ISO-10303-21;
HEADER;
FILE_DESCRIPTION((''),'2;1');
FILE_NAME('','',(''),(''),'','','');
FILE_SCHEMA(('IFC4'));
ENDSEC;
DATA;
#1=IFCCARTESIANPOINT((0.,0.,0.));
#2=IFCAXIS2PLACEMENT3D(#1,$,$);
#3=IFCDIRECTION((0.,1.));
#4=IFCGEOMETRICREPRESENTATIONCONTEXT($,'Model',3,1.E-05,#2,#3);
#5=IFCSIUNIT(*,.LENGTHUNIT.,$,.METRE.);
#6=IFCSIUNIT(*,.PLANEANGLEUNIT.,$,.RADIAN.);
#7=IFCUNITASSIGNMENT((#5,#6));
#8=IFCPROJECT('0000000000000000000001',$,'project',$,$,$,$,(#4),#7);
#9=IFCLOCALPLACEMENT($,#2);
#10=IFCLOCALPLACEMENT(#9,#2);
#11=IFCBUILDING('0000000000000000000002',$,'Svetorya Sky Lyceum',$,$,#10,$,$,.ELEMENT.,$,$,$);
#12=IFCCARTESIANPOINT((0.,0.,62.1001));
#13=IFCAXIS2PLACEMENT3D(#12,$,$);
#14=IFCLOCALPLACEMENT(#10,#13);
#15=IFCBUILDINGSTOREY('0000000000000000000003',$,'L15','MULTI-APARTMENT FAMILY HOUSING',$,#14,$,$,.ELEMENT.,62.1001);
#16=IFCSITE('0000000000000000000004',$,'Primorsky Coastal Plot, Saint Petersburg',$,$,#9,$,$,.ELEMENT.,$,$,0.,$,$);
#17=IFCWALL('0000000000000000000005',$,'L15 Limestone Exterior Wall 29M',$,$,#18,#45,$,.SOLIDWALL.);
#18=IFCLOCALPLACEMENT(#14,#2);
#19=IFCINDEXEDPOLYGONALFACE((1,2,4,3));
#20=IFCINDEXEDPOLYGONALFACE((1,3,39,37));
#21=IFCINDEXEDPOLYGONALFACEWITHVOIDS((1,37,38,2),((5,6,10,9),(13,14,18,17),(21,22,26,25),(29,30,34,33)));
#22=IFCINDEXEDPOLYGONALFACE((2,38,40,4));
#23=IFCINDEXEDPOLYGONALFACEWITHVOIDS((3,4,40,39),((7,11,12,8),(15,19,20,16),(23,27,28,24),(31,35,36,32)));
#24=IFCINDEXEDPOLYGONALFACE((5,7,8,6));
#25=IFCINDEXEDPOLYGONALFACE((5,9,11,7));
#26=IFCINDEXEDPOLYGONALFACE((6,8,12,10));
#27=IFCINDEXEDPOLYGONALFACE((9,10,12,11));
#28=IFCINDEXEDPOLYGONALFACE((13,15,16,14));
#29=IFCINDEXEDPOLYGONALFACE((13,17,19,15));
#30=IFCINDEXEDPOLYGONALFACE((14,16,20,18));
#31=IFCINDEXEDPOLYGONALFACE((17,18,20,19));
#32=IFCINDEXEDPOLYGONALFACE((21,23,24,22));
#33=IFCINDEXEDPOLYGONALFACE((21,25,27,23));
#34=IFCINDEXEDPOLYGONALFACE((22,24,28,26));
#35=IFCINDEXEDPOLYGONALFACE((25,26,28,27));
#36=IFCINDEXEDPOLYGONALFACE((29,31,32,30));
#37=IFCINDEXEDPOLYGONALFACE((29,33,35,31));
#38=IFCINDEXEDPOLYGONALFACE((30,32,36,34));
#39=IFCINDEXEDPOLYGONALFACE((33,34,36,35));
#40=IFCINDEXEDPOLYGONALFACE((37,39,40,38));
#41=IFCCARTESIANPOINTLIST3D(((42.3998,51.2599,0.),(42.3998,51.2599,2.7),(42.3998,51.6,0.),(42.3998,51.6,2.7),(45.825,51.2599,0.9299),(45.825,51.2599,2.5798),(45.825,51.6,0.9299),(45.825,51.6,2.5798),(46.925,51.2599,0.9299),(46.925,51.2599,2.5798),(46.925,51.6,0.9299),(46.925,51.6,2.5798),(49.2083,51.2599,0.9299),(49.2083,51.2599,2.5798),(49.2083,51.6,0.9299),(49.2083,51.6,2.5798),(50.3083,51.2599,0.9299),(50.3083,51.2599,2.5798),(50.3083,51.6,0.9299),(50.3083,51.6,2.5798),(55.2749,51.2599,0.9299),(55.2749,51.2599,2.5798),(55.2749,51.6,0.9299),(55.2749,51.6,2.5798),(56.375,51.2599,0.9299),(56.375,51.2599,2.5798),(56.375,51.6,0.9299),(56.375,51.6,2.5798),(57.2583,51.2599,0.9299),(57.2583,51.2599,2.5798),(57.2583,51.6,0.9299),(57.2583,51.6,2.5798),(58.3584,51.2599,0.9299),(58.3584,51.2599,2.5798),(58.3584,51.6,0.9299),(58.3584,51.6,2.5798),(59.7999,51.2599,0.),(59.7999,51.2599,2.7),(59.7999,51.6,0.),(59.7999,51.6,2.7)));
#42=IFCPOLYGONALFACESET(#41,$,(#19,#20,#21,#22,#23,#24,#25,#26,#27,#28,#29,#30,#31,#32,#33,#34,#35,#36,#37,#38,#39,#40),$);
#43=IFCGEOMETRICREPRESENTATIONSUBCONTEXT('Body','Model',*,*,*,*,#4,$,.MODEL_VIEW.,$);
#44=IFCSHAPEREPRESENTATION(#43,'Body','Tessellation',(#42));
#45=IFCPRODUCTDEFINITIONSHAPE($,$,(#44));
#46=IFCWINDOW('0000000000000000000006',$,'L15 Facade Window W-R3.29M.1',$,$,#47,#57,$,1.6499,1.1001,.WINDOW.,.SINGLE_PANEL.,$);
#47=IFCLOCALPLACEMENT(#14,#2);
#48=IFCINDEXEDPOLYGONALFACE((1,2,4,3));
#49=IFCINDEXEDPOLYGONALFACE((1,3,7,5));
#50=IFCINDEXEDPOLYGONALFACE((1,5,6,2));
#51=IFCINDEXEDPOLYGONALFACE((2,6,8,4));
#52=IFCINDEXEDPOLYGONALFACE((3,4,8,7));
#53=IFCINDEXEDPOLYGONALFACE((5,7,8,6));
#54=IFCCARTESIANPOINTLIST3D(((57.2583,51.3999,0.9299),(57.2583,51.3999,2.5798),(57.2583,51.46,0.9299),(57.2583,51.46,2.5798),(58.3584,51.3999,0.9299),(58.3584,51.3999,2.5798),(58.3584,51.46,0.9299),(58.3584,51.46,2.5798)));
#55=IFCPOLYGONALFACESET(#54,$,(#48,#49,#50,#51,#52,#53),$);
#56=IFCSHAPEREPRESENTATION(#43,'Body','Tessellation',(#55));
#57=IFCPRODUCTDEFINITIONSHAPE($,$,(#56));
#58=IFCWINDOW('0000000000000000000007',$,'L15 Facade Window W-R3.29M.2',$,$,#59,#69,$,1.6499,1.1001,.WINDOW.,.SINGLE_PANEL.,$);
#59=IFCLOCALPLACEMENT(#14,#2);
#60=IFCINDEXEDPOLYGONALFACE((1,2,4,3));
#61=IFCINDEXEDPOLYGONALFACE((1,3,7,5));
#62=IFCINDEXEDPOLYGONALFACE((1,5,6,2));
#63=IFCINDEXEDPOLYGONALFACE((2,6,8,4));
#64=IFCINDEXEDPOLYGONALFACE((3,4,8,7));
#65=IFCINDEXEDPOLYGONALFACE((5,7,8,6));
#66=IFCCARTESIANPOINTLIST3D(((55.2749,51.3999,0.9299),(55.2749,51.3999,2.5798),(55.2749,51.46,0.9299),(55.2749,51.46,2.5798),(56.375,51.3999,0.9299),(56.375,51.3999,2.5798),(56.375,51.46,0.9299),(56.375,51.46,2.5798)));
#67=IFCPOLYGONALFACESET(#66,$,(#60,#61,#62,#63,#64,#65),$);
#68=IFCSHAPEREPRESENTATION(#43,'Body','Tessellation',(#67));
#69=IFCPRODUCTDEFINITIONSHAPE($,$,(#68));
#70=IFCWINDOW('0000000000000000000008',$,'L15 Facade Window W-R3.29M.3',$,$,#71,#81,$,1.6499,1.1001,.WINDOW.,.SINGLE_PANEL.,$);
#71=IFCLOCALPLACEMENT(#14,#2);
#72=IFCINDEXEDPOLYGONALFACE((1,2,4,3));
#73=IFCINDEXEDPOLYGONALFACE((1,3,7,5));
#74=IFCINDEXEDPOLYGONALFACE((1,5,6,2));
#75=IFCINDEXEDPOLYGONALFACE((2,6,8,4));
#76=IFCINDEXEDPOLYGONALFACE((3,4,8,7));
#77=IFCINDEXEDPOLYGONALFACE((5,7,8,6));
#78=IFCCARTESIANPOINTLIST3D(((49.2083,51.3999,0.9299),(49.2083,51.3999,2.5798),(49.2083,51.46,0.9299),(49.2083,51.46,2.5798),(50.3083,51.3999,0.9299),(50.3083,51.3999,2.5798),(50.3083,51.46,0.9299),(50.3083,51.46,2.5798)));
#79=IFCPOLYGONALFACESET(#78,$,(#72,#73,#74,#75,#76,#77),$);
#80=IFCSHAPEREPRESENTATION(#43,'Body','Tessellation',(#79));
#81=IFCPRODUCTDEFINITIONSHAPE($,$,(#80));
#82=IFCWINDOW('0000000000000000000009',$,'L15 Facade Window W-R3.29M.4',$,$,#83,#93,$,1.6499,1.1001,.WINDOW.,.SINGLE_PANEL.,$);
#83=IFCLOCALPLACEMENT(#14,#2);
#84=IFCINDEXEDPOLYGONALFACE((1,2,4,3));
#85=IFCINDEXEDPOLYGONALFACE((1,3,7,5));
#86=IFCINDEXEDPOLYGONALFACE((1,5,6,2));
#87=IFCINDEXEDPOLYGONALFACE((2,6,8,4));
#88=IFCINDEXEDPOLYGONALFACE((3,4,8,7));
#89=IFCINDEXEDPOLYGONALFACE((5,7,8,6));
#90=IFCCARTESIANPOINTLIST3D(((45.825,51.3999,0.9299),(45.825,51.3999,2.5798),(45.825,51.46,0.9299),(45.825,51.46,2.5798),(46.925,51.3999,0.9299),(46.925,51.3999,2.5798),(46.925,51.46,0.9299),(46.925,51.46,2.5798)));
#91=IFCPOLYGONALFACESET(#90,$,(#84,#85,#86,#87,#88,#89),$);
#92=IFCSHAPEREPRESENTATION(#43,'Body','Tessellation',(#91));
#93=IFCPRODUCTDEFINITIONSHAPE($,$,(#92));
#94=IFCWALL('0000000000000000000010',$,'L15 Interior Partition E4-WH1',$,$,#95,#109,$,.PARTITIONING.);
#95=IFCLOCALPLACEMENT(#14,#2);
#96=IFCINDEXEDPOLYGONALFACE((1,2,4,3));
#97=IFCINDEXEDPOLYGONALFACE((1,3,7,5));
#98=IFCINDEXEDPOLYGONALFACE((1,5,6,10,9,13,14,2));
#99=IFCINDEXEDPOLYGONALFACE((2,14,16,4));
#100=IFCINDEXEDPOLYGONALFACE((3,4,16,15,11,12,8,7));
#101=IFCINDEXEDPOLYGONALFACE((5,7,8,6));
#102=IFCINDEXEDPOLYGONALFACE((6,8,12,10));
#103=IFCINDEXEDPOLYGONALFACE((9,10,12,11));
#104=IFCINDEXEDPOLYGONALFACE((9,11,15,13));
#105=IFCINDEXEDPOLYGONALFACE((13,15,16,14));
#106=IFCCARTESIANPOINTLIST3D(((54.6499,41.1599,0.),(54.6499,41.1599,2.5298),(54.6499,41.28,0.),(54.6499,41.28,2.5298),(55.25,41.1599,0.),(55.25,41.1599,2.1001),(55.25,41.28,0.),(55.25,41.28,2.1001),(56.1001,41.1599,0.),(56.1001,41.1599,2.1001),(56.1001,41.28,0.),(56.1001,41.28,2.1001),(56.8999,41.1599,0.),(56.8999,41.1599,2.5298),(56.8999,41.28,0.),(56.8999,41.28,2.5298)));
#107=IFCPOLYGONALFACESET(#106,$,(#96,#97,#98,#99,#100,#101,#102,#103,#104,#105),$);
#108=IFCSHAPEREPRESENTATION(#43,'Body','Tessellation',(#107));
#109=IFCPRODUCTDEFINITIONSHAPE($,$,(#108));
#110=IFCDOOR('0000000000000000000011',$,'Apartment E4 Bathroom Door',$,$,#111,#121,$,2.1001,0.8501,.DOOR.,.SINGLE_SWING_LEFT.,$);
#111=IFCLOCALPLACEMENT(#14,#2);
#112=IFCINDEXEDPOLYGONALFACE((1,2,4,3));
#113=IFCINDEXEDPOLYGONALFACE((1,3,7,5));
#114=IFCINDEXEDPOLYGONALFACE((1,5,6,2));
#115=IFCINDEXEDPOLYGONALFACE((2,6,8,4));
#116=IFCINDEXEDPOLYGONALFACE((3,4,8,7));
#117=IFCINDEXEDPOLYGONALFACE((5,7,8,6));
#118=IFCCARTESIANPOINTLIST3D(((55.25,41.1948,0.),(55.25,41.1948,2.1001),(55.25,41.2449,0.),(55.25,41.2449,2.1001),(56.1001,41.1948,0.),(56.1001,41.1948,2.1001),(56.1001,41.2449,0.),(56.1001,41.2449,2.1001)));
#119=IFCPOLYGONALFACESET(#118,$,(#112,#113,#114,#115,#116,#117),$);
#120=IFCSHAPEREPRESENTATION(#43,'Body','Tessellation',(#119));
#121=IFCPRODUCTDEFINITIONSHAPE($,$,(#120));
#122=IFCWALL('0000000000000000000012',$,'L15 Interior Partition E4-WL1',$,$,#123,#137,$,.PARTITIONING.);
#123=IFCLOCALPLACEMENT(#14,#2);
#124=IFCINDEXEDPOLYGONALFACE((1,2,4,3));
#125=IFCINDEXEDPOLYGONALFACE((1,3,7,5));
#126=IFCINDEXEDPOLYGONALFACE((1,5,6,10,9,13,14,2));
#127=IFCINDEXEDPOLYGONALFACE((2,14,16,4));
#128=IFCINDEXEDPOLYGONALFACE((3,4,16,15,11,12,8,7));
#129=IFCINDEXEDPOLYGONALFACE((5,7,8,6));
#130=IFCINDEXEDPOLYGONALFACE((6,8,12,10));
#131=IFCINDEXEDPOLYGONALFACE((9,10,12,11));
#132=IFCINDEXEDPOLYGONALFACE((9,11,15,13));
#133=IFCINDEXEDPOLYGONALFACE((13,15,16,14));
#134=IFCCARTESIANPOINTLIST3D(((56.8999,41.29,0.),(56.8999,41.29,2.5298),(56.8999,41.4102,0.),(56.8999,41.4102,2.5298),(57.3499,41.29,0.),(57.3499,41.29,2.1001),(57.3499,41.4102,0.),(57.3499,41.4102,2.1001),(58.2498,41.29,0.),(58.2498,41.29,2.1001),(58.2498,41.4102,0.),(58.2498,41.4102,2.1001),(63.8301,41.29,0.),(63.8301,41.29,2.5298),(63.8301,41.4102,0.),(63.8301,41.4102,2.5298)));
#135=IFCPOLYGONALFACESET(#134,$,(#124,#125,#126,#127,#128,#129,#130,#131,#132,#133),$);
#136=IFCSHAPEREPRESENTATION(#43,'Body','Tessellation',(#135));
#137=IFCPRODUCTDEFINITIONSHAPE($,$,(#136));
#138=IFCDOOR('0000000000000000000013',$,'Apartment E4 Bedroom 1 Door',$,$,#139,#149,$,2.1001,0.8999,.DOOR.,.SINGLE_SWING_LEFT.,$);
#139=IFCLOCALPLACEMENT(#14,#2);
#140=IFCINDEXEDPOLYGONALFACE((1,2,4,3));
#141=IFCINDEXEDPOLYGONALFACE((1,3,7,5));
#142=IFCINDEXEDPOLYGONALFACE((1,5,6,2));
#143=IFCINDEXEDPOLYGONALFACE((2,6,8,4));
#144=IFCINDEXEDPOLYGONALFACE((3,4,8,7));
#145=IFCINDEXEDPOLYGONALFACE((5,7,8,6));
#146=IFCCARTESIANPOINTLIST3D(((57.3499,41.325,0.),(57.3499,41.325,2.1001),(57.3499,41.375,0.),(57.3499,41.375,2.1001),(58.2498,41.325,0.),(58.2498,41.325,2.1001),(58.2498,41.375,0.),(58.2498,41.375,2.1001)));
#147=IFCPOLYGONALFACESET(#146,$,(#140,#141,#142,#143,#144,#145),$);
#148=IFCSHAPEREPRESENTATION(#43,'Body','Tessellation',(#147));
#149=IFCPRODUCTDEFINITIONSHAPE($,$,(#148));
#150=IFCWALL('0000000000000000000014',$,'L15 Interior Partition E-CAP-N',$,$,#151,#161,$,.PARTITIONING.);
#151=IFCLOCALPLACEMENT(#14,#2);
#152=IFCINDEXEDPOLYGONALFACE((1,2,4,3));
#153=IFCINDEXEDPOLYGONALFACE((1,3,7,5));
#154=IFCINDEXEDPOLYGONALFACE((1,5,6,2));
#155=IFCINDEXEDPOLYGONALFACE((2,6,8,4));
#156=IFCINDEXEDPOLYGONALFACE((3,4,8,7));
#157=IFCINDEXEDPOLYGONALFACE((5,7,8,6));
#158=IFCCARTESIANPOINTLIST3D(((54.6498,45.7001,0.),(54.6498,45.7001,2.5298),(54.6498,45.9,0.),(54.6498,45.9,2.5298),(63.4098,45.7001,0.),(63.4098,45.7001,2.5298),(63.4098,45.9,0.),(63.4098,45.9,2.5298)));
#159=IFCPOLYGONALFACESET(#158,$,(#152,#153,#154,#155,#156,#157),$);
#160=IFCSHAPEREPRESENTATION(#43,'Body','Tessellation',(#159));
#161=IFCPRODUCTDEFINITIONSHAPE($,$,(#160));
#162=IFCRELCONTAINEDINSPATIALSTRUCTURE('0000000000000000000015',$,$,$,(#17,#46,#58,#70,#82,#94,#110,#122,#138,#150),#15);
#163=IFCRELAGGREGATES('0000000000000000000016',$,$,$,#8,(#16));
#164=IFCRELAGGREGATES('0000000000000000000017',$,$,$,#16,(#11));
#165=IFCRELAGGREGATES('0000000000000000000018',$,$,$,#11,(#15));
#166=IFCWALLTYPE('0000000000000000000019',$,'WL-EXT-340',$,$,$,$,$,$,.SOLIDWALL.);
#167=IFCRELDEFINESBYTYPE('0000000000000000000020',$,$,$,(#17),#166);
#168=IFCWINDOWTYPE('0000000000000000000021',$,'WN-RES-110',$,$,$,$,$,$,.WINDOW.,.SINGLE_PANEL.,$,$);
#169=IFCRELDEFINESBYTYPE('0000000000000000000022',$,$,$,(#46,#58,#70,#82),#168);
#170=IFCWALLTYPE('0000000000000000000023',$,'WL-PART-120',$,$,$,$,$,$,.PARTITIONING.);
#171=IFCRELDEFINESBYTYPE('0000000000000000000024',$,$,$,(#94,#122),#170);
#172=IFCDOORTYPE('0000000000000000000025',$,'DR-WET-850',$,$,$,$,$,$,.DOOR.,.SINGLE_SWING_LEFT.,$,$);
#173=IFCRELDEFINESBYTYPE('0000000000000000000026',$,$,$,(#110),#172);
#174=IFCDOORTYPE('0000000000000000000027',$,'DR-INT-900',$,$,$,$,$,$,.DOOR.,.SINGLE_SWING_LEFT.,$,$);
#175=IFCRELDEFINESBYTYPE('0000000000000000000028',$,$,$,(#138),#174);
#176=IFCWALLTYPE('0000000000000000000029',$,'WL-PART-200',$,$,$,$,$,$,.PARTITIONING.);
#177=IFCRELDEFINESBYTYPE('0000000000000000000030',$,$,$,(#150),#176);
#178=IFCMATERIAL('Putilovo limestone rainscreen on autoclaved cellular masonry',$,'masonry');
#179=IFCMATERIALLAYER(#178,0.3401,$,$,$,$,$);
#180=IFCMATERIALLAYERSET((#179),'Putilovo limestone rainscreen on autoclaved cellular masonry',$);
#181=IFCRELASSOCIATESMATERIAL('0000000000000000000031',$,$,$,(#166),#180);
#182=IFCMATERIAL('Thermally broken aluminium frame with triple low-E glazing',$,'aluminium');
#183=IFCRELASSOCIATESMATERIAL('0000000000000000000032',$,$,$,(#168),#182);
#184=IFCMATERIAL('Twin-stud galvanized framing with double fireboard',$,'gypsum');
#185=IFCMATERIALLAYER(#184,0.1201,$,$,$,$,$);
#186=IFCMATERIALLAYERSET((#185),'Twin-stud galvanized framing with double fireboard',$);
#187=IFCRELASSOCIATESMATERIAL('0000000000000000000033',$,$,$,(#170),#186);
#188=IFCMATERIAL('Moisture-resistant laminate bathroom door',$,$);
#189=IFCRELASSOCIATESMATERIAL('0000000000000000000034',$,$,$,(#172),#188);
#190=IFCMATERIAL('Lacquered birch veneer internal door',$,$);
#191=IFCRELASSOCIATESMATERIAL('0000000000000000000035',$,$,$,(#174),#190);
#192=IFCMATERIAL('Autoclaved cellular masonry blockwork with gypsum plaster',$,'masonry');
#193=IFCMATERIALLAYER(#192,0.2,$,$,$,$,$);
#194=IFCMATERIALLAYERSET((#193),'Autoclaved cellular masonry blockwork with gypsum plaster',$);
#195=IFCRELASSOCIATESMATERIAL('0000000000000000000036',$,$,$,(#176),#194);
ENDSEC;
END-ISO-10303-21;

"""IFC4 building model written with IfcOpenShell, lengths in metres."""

from ifc_helpers import new_model, si_unit, direction, frame, frame_2d, origin, place, context, subcontext, project, spatial, rectangle, extrude, material, layer, layer_set, type_object, element, fill, save


model = new_model("IFC4")

# Units and contexts
model_context = context("Model", 3, precision=1e-05, world=origin(), true_north=direction((0.0, 1.0)))
body_context = subcontext(model_context, "Body", "Model", "MODEL_VIEW")
ifc_project = project(units=[si_unit("LENGTHUNIT", "METRE"), si_unit("PLANEANGLEUNIT", "RADIAN")], contexts=[model_context])

# Site, building, storey
site_placement = place(None, origin())
site = spatial("IfcSite", under=ifc_project, at=site_placement, Name="Primorsky Coastal Plot, Saint Petersburg", CompositionType="ELEMENT", RefElevation=0.0)
building_placement = place(site_placement, origin())
building = spatial("IfcBuilding", under=site, at=building_placement, Name="Svetorya Sky Lyceum", CompositionType="ELEMENT")
storey_placement = place(building_placement, frame((0.0, 0.0, 62.1001)))
storey = spatial("IfcBuildingStorey", under=building, at=storey_placement, Name="L15", Description="MULTI-APARTMENT FAMILY HOUSING", CompositionType="ELEMENT", Elevation=62.1001)

# Shared definitions
ifc_material_1 = material(Name="Putilovo limestone rainscreen on autoclaved cellular masonry", Category="masonry")
ifc_layer_1 = layer(ifc_material_1, 0.3401)
ifc_layer_set_1 = layer_set([ifc_layer_1], Name="Putilovo limestone rainscreen on autoclaved cellular masonry")
wall_type_1 = type_object("IfcWallType", Name="WL-EXT-340", PredefinedType="SOLIDWALL", material=ifc_layer_set_1)

# Wall, openings, windows
wall_1_placement = place(storey_placement, frame((59.8, 51.4299, 0.0), z_axis=(0.0, 0.0, 1.0), x_axis=(-1.0, 0.0, 0.0)))
wall_1 = element("IfcWall", 1, at=wall_1_placement, inside=storey, type_object=wall_type_1, Name="L15 Limestone Exterior Wall 29M", PredefinedType="SOLIDWALL", context=body_context, shape_type="SweptSolid", body=[
    extrude(rectangle(XDim=17.4001, YDim=0.3401, at=frame_2d((8.7002, 0.0))), origin(), (0.0, 0.0, 1.0), 2.7),
])
opening_1_placement = place(wall_1_placement, frame((1.4417, 0.0, 0.9299)))
opening_1 = element("IfcOpeningElement", 2, at=opening_1_placement, cuts=wall_1, PredefinedType="OPENING", context=body_context, shape_type="SweptSolid", body=[
    extrude(rectangle(XDim=1.1001, YDim=1.6499, at=frame_2d((0.55, 0.825))), frame((0.0, 0.1799, 0.0), z_axis=(0.0, -1.0, 0.0), x_axis=(1.0, 0.0, 0.0)), (0.0, 0.0, 1.0), 0.3601),
])
opening_2_placement = place(wall_1_placement, frame((3.425, 0.0, 0.9299)))
opening_2 = element("IfcOpeningElement", 3, at=opening_2_placement, cuts=wall_1, PredefinedType="OPENING", context=body_context, shape_type="SweptSolid", body=[
    extrude(rectangle(XDim=1.1001, YDim=1.6499, at=frame_2d((0.55, 0.825))), frame((0.0, 0.1799, 0.0), z_axis=(0.0, -1.0, 0.0), x_axis=(1.0, 0.0, 0.0)), (0.0, 0.0, 1.0), 0.3601),
])
opening_3_placement = place(wall_1_placement, frame((9.4917, 0.0, 0.9299)))
opening_3 = element("IfcOpeningElement", 4, at=opening_3_placement, cuts=wall_1, PredefinedType="OPENING", context=body_context, shape_type="SweptSolid", body=[
    extrude(rectangle(XDim=1.1001, YDim=1.6499, at=frame_2d((0.55, 0.825))), frame((0.0, 0.1799, 0.0), z_axis=(0.0, -1.0, 0.0), x_axis=(1.0, 0.0, 0.0)), (0.0, 0.0, 1.0), 0.3601),
])
opening_4_placement = place(wall_1_placement, frame((12.875, 0.0, 0.9299)))
opening_4 = element("IfcOpeningElement", 5, at=opening_4_placement, cuts=wall_1, PredefinedType="OPENING", context=body_context, shape_type="SweptSolid", body=[
    extrude(rectangle(XDim=1.1001, YDim=1.6499, at=frame_2d((0.55, 0.825))), frame((0.0, 0.1799, 0.0), z_axis=(0.0, -1.0, 0.0), x_axis=(1.0, 0.0, 0.0)), (0.0, 0.0, 1.0), 0.3601),
])
ifc_material_2 = material(Name="Thermally broken aluminium frame with triple low-E glazing", Category="aluminium")
window_type = type_object("IfcWindowType", Name="WN-RES-110", PartitioningType="SINGLE_PANEL", PredefinedType="WINDOW", material=ifc_material_2)
window_1_placement = place(opening_1_placement, origin())
window_1 = element("IfcWindow", 6, at=window_1_placement, inside=storey, type_object=window_type, Name="L15 Facade Window W-R3.29M.1", OverallHeight=1.6499, OverallWidth=1.1001, PartitioningType="SINGLE_PANEL", PredefinedType="WINDOW", context=body_context, shape_type="SweptSolid", body=[
    extrude(rectangle(XDim=1.1001, YDim=1.6499, at=frame_2d((0.55, 0.825))), frame((0.0, 0.03, 0.0), z_axis=(0.0, -1.0, 0.0), x_axis=(1.0, 0.0, 0.0)), (0.0, 0.0, 1.0), 0.0601),
])
fill(opening_1, window_1)
window_2_placement = place(opening_2_placement, origin())
window_2 = element("IfcWindow", 7, at=window_2_placement, inside=storey, type_object=window_type, Name="L15 Facade Window W-R3.29M.2", OverallHeight=1.6499, OverallWidth=1.1001, PartitioningType="SINGLE_PANEL", PredefinedType="WINDOW", context=body_context, shape_type="SweptSolid", body=[
    extrude(rectangle(XDim=1.1001, YDim=1.6499, at=frame_2d((0.55, 0.825))), frame((0.0, 0.03, 0.0), z_axis=(0.0, -1.0, 0.0), x_axis=(1.0, 0.0, 0.0)), (0.0, 0.0, 1.0), 0.0601),
])
fill(opening_2, window_2)
window_3_placement = place(opening_3_placement, origin())
window_3 = element("IfcWindow", 8, at=window_3_placement, inside=storey, type_object=window_type, Name="L15 Facade Window W-R3.29M.3", OverallHeight=1.6499, OverallWidth=1.1001, PartitioningType="SINGLE_PANEL", PredefinedType="WINDOW", context=body_context, shape_type="SweptSolid", body=[
    extrude(rectangle(XDim=1.1001, YDim=1.6499, at=frame_2d((0.55, 0.825))), frame((0.0, 0.03, 0.0), z_axis=(0.0, -1.0, 0.0), x_axis=(1.0, 0.0, 0.0)), (0.0, 0.0, 1.0), 0.0601),
])
fill(opening_3, window_3)
window_4_placement = place(opening_4_placement, origin())
window_4 = element("IfcWindow", 9, at=window_4_placement, inside=storey, type_object=window_type, Name="L15 Facade Window W-R3.29M.4", OverallHeight=1.6499, OverallWidth=1.1001, PartitioningType="SINGLE_PANEL", PredefinedType="WINDOW", context=body_context, shape_type="SweptSolid", body=[
    extrude(rectangle(XDim=1.1001, YDim=1.6499, at=frame_2d((0.55, 0.825))), frame((0.0, 0.03, 0.0), z_axis=(0.0, -1.0, 0.0), x_axis=(1.0, 0.0, 0.0)), (0.0, 0.0, 1.0), 0.0601),
])
fill(opening_4, window_4)

# Walls, openings, doors
ifc_material_3 = material(Name="Twin-stud galvanized framing with double fireboard", Category="gypsum")
ifc_layer_2 = layer(ifc_material_3, 0.1201)
ifc_layer_set_2 = layer_set([ifc_layer_2], Name="Twin-stud galvanized framing with double fireboard")
wall_type_2 = type_object("IfcWallType", Name="WL-PART-120", PredefinedType="PARTITIONING", material=ifc_layer_set_2)
wall_2_placement = place(storey_placement, frame((54.6499, 41.22, 0.0), z_axis=(0.0, 0.0, 1.0), x_axis=(1.0, 0.0, 0.0)))
wall_2 = element("IfcWall", 10, at=wall_2_placement, inside=storey, type_object=wall_type_2, Name="L15 Interior Partition E4-WH1", PredefinedType="PARTITIONING", context=body_context, shape_type="SweptSolid", body=[
    extrude(rectangle(XDim=2.25, YDim=0.1201, at=frame_2d((1.125, 0.0))), origin(), (0.0, 0.0, 1.0), 2.5298),
])
opening_5_placement = place(wall_2_placement, frame((0.6001, 0.0, 0.0)))
opening_5 = element("IfcOpeningElement", 11, at=opening_5_placement, cuts=wall_2, PredefinedType="OPENING", context=body_context, shape_type="SweptSolid", body=[
    extrude(rectangle(XDim=0.8501, YDim=2.1001, at=frame_2d((0.425, 1.05))), frame((0.0, 0.0701, 0.0), z_axis=(0.0, -1.0, 0.0), x_axis=(1.0, 0.0, 0.0)), (0.0, 0.0, 1.0), 0.1401),
])
ifc_material_4 = material(Name="Moisture-resistant laminate bathroom door")
door_type_1 = type_object("IfcDoorType", Name="DR-WET-850", OperationType="SINGLE_SWING_LEFT", PredefinedType="DOOR", material=ifc_material_4)
door_1_placement = place(opening_5_placement, origin())
door_1 = element("IfcDoor", 12, at=door_1_placement, inside=storey, type_object=door_type_1, Name="Apartment E4 Bathroom Door", OperationType="SINGLE_SWING_LEFT", OverallHeight=2.1001, OverallWidth=0.8501, PredefinedType="DOOR", context=body_context, shape_type="SweptSolid", body=[
    extrude(rectangle(XDim=0.8501, YDim=2.1001, at=frame_2d((0.425, 1.05))), frame((0.0, 0.0249, 0.0), z_axis=(0.0, -1.0, 0.0), x_axis=(1.0, 0.0, 0.0)), (0.0, 0.0, 1.0), 0.05),
])
fill(opening_5, door_1)
wall_3_placement = place(storey_placement, frame((56.8999, 41.3501, 0.0), z_axis=(0.0, 0.0, 1.0), x_axis=(1.0, 0.0, 0.0)))
wall_3 = element("IfcWall", 13, at=wall_3_placement, inside=storey, type_object=wall_type_2, Name="L15 Interior Partition E4-WL1", PredefinedType="PARTITIONING", context=body_context, shape_type="SweptSolid", body=[
    extrude(rectangle(XDim=6.9302, YDim=0.1201, at=frame_2d((3.4651, 0.0))), origin(), (0.0, 0.0, 1.0), 2.5298),
])
opening_6_placement = place(wall_3_placement, frame((0.45, 0.0, 0.0)))
opening_6 = element("IfcOpeningElement", 14, at=opening_6_placement, cuts=wall_3, PredefinedType="OPENING", context=body_context, shape_type="SweptSolid", body=[
    extrude(rectangle(XDim=0.8999, YDim=2.1001, at=frame_2d((0.45, 1.05))), frame((0.0, 0.0701, 0.0), z_axis=(0.0, -1.0, 0.0), x_axis=(1.0, 0.0, 0.0)), (0.0, 0.0, 1.0), 0.1401),
])
ifc_material_5 = material(Name="Lacquered birch veneer internal door")
door_type_2 = type_object("IfcDoorType", Name="DR-INT-900", OperationType="SINGLE_SWING_LEFT", PredefinedType="DOOR", material=ifc_material_5)
door_2_placement = place(opening_6_placement, origin())
door_2 = element("IfcDoor", 15, at=door_2_placement, inside=storey, type_object=door_type_2, Name="Apartment E4 Bedroom 1 Door", OperationType="SINGLE_SWING_LEFT", OverallHeight=2.1001, OverallWidth=0.8999, PredefinedType="DOOR", context=body_context, shape_type="SweptSolid", body=[
    extrude(rectangle(XDim=0.8999, YDim=2.1001, at=frame_2d((0.45, 1.05))), frame((0.0, 0.0249, 0.0), z_axis=(0.0, -1.0, 0.0), x_axis=(1.0, 0.0, 0.0)), (0.0, 0.0, 1.0), 0.05),
])
fill(opening_6, door_2)

# Wall
ifc_material_6 = material(Name="Autoclaved cellular masonry blockwork with gypsum plaster", Category="masonry")
ifc_layer_3 = layer(ifc_material_6, 0.2)
ifc_layer_set_3 = layer_set([ifc_layer_3], Name="Autoclaved cellular masonry blockwork with gypsum plaster")
wall_type_3 = type_object("IfcWallType", Name="WL-PART-200", PredefinedType="PARTITIONING", material=ifc_layer_set_3)
wall_4_placement = place(storey_placement, frame((54.6499, 45.8, 0.0), z_axis=(0.0, 0.0, 1.0), x_axis=(1.0, 0.0, 0.0)))
element("IfcWall", 16, at=wall_4_placement, inside=storey, type_object=wall_type_3, Name="L15 Interior Partition E-CAP-N", PredefinedType="PARTITIONING", context=body_context, shape_type="SweptSolid", body=[
    extrude(rectangle(XDim=8.76, YDim=0.2, at=frame_2d((4.3799, 0.0))), origin(), (0.0, 0.0, 1.0), 2.5298),
])

save(model, "model.ifc")
